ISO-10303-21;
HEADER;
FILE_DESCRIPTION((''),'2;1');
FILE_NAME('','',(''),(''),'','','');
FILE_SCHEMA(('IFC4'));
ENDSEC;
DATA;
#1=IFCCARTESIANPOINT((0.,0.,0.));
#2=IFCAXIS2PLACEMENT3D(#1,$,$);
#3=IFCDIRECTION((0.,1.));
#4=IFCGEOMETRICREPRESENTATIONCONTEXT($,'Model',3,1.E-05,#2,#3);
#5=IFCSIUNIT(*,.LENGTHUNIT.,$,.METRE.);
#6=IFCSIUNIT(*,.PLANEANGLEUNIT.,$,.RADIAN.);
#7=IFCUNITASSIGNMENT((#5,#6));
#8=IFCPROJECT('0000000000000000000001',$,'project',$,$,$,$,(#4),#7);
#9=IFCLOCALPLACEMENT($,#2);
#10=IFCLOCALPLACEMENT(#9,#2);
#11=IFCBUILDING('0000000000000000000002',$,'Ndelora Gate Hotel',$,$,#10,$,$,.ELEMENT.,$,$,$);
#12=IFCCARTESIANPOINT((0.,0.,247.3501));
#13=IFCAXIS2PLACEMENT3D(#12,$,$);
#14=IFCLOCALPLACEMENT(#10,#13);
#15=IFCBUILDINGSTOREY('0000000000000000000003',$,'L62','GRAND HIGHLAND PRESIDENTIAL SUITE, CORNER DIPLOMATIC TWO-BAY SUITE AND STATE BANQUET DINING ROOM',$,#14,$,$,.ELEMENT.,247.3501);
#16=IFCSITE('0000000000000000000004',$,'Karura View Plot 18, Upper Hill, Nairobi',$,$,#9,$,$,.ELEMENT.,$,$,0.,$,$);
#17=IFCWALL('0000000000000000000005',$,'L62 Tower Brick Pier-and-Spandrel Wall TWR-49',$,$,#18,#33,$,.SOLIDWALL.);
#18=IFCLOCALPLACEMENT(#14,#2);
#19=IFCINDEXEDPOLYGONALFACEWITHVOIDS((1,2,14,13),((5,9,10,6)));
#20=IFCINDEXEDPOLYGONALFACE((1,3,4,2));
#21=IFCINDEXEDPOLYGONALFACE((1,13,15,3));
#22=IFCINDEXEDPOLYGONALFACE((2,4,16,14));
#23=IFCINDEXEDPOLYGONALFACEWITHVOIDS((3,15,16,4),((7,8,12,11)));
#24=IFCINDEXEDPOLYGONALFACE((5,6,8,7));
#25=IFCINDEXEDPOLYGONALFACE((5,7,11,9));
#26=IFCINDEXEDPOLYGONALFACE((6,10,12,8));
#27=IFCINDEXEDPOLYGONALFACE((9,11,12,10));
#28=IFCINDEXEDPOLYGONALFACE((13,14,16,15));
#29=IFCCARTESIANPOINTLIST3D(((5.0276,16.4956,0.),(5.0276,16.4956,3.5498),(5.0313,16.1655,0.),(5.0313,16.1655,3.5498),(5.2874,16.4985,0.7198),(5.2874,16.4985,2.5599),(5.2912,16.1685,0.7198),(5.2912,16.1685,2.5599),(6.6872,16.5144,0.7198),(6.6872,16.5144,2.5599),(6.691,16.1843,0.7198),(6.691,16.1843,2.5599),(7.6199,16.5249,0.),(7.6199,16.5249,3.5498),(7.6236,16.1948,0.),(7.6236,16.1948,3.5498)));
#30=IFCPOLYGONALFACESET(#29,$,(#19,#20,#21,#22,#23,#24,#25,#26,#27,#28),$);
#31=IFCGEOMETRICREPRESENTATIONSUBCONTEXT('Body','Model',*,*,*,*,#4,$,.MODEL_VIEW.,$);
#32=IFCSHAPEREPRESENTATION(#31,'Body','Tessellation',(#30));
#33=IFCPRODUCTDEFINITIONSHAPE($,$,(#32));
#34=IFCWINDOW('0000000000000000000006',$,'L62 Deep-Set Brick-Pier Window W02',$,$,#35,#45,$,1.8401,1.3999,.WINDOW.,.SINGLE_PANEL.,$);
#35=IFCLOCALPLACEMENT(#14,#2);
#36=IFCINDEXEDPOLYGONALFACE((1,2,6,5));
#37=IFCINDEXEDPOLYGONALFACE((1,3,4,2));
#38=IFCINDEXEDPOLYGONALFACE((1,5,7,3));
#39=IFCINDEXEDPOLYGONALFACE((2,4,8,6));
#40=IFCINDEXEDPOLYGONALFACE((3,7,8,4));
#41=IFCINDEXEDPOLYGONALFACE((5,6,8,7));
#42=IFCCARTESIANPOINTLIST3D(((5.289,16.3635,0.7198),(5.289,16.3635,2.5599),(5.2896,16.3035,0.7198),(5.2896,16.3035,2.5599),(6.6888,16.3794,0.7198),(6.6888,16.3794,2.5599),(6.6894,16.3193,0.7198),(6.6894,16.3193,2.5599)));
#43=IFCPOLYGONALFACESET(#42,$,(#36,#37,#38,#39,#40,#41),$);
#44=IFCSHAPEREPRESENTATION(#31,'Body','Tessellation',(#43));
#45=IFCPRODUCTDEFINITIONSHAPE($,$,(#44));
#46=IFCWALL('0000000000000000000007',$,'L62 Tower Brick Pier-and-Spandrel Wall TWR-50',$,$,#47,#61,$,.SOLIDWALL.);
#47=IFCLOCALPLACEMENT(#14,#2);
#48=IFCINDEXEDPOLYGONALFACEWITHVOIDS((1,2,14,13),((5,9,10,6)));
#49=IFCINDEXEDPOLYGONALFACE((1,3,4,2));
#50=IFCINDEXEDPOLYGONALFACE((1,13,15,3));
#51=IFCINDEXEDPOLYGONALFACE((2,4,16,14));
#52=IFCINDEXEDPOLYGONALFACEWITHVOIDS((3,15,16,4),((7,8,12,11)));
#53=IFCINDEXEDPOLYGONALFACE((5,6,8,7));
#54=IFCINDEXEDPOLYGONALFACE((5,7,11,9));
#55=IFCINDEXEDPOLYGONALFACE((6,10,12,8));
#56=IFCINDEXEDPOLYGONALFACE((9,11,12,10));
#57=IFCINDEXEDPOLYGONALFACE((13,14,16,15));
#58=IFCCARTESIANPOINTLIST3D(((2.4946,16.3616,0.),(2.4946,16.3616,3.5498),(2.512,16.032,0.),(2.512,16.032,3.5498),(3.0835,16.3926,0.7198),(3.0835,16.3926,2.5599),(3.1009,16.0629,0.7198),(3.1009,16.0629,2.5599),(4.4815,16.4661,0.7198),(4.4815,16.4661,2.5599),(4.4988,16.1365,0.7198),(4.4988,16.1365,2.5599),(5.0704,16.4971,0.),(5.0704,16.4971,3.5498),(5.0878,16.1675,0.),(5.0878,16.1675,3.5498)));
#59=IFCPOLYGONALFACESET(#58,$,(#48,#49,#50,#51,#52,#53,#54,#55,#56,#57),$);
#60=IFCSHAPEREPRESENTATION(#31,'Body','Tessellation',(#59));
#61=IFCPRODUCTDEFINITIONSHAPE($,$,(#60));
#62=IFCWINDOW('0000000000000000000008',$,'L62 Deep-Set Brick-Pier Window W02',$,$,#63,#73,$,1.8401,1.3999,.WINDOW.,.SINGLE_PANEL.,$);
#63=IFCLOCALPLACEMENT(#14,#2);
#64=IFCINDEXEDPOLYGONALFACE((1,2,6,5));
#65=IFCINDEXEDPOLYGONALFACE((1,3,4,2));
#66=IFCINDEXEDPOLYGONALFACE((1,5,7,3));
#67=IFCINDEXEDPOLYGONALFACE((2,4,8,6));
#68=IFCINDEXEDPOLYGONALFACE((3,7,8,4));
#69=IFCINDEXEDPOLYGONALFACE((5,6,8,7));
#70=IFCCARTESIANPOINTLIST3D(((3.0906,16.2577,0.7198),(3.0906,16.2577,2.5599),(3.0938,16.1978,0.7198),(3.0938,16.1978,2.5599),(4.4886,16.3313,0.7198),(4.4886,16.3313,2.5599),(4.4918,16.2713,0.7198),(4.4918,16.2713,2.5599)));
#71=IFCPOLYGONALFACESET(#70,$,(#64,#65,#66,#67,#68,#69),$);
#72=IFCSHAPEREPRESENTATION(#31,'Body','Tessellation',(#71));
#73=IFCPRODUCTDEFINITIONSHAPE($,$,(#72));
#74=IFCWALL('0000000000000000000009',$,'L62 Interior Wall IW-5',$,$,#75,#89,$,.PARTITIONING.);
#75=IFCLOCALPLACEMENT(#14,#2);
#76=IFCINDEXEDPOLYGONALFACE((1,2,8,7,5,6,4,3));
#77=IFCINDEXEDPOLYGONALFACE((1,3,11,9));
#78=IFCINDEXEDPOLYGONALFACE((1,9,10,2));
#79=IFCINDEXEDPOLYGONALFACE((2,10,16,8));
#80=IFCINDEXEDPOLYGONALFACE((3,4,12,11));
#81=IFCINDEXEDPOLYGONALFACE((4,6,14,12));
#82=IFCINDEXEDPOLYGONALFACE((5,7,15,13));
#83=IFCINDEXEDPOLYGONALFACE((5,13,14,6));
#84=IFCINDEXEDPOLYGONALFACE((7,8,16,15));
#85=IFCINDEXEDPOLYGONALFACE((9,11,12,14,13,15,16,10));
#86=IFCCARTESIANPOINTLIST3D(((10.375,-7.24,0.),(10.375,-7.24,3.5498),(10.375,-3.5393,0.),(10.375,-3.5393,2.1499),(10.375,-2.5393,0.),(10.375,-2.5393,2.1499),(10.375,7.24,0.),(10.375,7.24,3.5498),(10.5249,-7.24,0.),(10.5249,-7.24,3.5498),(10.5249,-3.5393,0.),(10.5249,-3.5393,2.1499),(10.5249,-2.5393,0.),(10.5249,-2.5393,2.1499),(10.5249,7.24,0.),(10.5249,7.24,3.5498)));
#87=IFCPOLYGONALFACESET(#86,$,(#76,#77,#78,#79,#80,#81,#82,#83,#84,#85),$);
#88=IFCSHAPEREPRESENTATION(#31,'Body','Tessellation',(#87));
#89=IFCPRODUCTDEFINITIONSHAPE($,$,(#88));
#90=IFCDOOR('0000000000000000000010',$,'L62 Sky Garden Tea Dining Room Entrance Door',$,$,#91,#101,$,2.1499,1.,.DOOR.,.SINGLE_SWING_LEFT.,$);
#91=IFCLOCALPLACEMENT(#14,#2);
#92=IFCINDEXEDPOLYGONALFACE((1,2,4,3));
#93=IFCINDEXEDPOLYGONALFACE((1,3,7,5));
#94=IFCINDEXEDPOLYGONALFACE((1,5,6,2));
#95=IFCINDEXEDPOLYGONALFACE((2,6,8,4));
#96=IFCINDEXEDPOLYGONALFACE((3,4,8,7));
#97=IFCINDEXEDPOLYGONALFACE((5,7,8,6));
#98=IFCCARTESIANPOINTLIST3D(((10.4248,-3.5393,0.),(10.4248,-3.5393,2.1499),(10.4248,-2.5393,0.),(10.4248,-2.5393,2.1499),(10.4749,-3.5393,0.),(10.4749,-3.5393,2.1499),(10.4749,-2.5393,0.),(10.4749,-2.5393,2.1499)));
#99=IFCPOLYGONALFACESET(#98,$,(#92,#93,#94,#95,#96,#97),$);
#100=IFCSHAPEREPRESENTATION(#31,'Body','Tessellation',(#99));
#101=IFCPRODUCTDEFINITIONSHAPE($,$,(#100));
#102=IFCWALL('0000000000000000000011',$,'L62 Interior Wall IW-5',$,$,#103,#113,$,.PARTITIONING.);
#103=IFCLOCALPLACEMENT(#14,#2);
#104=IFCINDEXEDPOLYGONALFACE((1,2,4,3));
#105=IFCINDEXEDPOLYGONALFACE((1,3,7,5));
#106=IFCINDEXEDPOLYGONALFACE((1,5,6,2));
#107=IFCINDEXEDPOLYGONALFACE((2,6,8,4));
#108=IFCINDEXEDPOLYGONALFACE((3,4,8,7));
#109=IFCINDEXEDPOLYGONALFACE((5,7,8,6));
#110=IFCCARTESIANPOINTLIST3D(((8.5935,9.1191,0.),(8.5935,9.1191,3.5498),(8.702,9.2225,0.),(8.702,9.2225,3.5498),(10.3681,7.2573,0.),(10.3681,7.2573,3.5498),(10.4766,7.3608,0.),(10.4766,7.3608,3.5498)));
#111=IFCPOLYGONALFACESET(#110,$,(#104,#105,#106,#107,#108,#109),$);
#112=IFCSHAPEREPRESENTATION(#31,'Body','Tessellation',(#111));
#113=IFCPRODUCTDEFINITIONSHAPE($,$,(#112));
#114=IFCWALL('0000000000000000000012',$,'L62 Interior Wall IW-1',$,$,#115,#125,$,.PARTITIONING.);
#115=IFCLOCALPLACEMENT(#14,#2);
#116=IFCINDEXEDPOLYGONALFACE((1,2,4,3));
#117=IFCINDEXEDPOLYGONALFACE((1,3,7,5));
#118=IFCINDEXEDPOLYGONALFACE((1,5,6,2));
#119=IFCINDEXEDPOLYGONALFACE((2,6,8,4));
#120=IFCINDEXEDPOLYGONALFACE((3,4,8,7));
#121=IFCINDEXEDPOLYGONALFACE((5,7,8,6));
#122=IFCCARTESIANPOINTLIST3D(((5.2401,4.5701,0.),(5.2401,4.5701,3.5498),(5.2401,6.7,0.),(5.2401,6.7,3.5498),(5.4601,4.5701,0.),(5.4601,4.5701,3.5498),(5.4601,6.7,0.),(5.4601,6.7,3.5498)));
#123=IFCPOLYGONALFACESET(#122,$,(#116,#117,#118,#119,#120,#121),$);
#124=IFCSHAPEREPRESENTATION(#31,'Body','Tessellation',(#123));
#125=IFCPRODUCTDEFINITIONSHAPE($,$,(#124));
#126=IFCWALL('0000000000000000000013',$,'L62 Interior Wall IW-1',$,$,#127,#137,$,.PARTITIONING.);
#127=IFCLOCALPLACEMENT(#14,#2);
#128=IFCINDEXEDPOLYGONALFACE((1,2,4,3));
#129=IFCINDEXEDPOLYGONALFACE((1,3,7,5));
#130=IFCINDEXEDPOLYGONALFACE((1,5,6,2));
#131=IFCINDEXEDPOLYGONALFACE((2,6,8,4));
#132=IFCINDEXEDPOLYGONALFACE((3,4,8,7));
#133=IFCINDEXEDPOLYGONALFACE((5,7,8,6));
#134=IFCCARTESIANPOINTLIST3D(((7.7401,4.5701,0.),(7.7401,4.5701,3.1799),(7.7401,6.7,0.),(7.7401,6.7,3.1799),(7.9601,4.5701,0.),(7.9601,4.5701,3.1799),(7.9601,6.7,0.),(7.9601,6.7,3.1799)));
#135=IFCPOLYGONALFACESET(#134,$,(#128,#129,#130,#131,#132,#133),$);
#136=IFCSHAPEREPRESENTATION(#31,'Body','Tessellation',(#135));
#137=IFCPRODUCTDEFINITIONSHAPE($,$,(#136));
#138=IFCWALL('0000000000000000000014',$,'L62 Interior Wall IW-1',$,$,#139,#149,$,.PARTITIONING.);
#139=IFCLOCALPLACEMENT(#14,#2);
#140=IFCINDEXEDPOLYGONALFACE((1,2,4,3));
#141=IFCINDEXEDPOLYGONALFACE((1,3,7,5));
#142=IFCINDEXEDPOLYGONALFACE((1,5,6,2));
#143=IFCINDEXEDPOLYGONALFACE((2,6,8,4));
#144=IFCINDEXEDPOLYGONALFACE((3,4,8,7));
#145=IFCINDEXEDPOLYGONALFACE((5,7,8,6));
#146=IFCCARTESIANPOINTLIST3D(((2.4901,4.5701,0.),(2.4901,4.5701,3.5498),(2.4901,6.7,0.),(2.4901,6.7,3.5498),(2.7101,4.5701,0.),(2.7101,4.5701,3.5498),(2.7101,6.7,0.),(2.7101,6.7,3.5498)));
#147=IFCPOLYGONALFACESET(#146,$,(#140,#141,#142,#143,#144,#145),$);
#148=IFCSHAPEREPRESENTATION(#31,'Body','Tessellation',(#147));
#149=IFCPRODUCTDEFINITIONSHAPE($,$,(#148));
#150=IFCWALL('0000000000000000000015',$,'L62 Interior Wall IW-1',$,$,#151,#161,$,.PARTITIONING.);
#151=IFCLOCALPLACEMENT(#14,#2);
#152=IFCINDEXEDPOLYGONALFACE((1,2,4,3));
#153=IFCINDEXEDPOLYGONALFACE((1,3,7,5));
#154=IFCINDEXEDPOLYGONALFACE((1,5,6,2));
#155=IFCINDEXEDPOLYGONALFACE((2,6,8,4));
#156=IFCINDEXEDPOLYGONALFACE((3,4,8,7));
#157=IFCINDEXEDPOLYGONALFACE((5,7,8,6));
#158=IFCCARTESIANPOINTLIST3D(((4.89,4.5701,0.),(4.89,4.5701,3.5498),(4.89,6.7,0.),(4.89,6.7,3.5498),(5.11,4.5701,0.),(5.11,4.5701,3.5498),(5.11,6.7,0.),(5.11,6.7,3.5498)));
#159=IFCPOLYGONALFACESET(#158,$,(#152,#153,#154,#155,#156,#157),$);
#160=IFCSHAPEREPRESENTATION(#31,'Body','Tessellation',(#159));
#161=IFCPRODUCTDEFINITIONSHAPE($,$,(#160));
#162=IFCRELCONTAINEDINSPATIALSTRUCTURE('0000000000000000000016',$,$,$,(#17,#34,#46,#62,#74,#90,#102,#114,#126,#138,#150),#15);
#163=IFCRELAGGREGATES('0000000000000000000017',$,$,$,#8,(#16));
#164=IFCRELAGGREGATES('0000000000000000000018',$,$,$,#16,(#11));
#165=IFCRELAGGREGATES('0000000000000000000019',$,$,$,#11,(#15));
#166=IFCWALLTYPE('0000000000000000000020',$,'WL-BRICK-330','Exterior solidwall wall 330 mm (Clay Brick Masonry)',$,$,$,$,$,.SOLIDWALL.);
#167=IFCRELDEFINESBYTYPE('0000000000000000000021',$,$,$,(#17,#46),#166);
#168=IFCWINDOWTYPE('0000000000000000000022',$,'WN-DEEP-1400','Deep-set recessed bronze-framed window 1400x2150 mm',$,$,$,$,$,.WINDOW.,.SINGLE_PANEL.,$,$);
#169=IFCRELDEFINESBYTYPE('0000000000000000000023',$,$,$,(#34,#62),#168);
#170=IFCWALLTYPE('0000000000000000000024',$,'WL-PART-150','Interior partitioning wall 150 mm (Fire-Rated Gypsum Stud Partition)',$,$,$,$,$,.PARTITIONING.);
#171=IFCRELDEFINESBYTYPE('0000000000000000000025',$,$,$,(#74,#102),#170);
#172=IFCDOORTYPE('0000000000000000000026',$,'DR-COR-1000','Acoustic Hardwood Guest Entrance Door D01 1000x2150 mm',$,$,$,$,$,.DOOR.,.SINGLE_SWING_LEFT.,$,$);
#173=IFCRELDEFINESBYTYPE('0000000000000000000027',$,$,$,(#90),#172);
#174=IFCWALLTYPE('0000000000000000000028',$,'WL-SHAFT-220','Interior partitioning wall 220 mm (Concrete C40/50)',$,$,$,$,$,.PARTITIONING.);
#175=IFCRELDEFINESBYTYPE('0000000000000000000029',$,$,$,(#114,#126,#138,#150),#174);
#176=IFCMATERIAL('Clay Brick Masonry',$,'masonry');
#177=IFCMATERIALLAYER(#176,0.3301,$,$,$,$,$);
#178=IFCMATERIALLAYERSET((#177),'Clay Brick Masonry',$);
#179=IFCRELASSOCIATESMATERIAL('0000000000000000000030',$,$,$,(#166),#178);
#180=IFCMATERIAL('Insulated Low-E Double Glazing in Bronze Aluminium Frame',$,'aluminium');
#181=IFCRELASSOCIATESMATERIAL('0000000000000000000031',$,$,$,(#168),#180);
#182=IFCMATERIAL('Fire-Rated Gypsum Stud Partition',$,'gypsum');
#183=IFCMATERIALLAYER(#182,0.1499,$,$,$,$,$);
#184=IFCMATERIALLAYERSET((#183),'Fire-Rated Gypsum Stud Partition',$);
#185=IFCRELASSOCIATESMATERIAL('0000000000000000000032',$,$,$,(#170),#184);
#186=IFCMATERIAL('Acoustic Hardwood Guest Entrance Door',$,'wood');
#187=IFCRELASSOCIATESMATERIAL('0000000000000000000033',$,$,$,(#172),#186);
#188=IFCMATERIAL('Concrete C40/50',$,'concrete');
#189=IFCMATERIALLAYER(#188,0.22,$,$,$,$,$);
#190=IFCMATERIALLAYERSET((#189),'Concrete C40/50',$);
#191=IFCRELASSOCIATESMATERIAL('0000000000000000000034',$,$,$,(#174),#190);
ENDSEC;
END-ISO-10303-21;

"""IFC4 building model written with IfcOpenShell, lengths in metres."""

from ifc_helpers import new_model, si_unit, direction, frame, frame_2d, origin, place, context, subcontext, project, spatial, rectangle, extrude, material, layer, layer_set, type_object, element, fill, save


model = new_model("IFC4")

# Units and contexts
model_context = context("Model", 3, precision=1e-05, world=origin(), true_north=direction((0.0, 1.0)))
body_context = subcontext(model_context, "Body", "Model", "MODEL_VIEW")
ifc_project = project(units=[si_unit("LENGTHUNIT", "METRE"), si_unit("PLANEANGLEUNIT", "RADIAN")], contexts=[model_context])

# Site, building, storey
site_placement = place(None, origin())
site = spatial("IfcSite", under=ifc_project, at=site_placement, Name="Karura View Plot 18, Upper Hill, Nairobi", CompositionType="ELEMENT", RefElevation=0.0)
building_placement = place(site_placement, origin())
building = spatial("IfcBuilding", under=site, at=building_placement, Name="Ndelora Gate Hotel", CompositionType="ELEMENT")
storey_placement = place(building_placement, frame((0.0, 0.0, 247.3501)))
storey = spatial("IfcBuildingStorey", under=building, at=storey_placement, Name="L62", Description="GRAND HIGHLAND PRESIDENTIAL SUITE, CORNER DIPLOMATIC TWO-BAY SUITE AND STATE BANQUET DINING ROOM", CompositionType="ELEMENT", Elevation=247.3501)

# Walls, openings, windows
ifc_material_1 = material(Name="Clay Brick Masonry", Category="masonry")
ifc_layer_1 = layer(ifc_material_1, 0.3301)
ifc_layer_set_1 = layer_set([ifc_layer_1], Name="Clay Brick Masonry")
wall_type_1 = type_object("IfcWallType", Name="WL-BRICK-330", Description="Exterior solidwall wall 330 mm (Clay Brick Masonry)", PredefinedType="SOLIDWALL", material=ifc_layer_set_1)
ifc_material_2 = material(Name="Insulated Low-E Double Glazing in Bronze Aluminium Frame", Category="aluminium")
window_type = type_object("IfcWindowType", Name="WN-DEEP-1400", Description="Deep-set recessed bronze-framed window 1400x2150 mm", PartitioningType="SINGLE_PANEL", PredefinedType="WINDOW", material=ifc_material_2)
wall_1_placement = place(storey_placement, frame((5.0293, 16.3306, 0.0), z_axis=(0.0, 0.0, 1.0), x_axis=(0.999936, 0.011301, 0.0)))
wall_1 = element("IfcWall", 1, at=wall_1_placement, inside=storey, type_object=wall_type_1, Name="L62 Tower Brick Pier-and-Spandrel Wall TWR-49", PredefinedType="SOLIDWALL", context=body_context, shape_type="SweptSolid", body=[
    extrude(rectangle(XDim=2.5925, YDim=0.3301, at=frame_2d((1.2964, 0.0))), origin(), (0.0, 0.0, 1.0), 3.5498),
])
opening_1_placement = place(wall_1_placement, frame((0.26, 0.0, 0.72)))
opening_1 = element("IfcOpeningElement", 2, at=opening_1_placement, cuts=wall_1, PredefinedType="OPENING", context=body_context, shape_type="SweptSolid", body=[
    extrude(rectangle(XDim=1.3999, YDim=1.8401, at=frame_2d((0.7, 0.9199))), frame((0.0, 0.175, 0.0), z_axis=(0.0, -1.0, 0.0), x_axis=(1.0, 0.0, 0.0)), (0.0, 0.0, 1.0), 0.3501),
])
window_1_placement = place(opening_1_placement, origin())
window_1 = element("IfcWindow", 3, at=window_1_placement, inside=storey, type_object=window_type, Name="L62 Deep-Set Brick-Pier Window W02", OverallHeight=1.8401, OverallWidth=1.3999, PartitioningType="SINGLE_PANEL", PredefinedType="WINDOW", context=body_context, shape_type="SweptSolid", body=[
    extrude(rectangle(XDim=1.3999, YDim=1.8401, at=frame_2d((0.7, 0.9199))), frame((0.0, 0.03, 0.0), z_axis=(0.0, -1.0, 0.0), x_axis=(1.0, 0.0, 0.0)), (0.0, 0.0, 1.0), 0.0601),
])
fill(opening_1, window_1)
wall_2_placement = place(storey_placement, frame((2.5034, 16.1968, 0.0), z_axis=(0.0, 0.0, 1.0), x_axis=(0.998619, 0.052534, 0.0)))
wall_2 = element("IfcWall", 4, at=wall_2_placement, inside=storey, type_object=wall_type_1, Name="L62 Tower Brick Pier-and-Spandrel Wall TWR-50", PredefinedType="SOLIDWALL", context=body_context, shape_type="SweptSolid", body=[
    extrude(rectangle(XDim=2.5793, YDim=0.3301, at=frame_2d((1.2896, 0.0))), origin(), (0.0, 0.0, 1.0), 3.5498),
])
opening_2_placement = place(wall_2_placement, frame((0.5896, 0.0, 0.72)))
opening_2 = element("IfcOpeningElement", 5, at=opening_2_placement, cuts=wall_2, PredefinedType="OPENING", context=body_context, shape_type="SweptSolid", body=[
    extrude(rectangle(XDim=1.3999, YDim=1.8401, at=frame_2d((0.7, 0.9199))), frame((0.0, 0.175, 0.0), z_axis=(0.0, -1.0, 0.0), x_axis=(1.0, 0.0, 0.0)), (0.0, 0.0, 1.0), 0.3501),
])
window_2_placement = place(opening_2_placement, origin())
window_2 = element("IfcWindow", 6, at=window_2_placement, inside=storey, type_object=window_type, Name="L62 Deep-Set Brick-Pier Window W02", OverallHeight=1.8401, OverallWidth=1.3999, PartitioningType="SINGLE_PANEL", PredefinedType="WINDOW", context=body_context, shape_type="SweptSolid", body=[
    extrude(rectangle(XDim=1.3999, YDim=1.8401, at=frame_2d((0.7, 0.9199))), frame((0.0, 0.03, 0.0), z_axis=(0.0, -1.0, 0.0), x_axis=(1.0, 0.0, 0.0)), (0.0, 0.0, 1.0), 0.0601),
])
fill(opening_2, window_2)

# Wall, opening, door
ifc_material_3 = material(Name="Fire-Rated Gypsum Stud Partition", Category="gypsum")
ifc_layer_2 = layer(ifc_material_3, 0.1499)
ifc_layer_set_2 = layer_set([ifc_layer_2], Name="Fire-Rated Gypsum Stud Partition")
wall_type_2 = type_object("IfcWallType", Name="WL-PART-150", Description="Interior partitioning wall 150 mm (Fire-Rated Gypsum Stud Partition)", PredefinedType="PARTITIONING", material=ifc_layer_set_2)
wall_3_placement = place(storey_placement, frame((10.45, 7.24, 0.0), z_axis=(0.0, 0.0, 1.0), x_axis=(0.0, -1.0, 0.0)))
wall_3 = element("IfcWall", 7, at=wall_3_placement, inside=storey, type_object=wall_type_2, Name="L62 Interior Wall IW-5", PredefinedType="PARTITIONING", context=body_context, shape_type="SweptSolid", body=[
    extrude(rectangle(XDim=14.48, YDim=0.1499, at=frame_2d((7.24, 0.0))), origin(), (0.0, 0.0, 1.0), 3.5498),
])
opening_3_placement = place(wall_3_placement, frame((9.7793, 0.0, 0.0)))
opening_3 = element("IfcOpeningElement", 8, at=opening_3_placement, cuts=wall_3, PredefinedType="OPENING", context=body_context, shape_type="SweptSolid", body=[
    extrude(rectangle(XDim=1.0, YDim=2.1499, at=frame_2d((0.5, 1.075))), frame((0.0, 0.085, 0.0), z_axis=(0.0, -1.0, 0.0), x_axis=(1.0, 0.0, 0.0)), (0.0, 0.0, 1.0), 0.1699),
])
ifc_material_4 = material(Name="Acoustic Hardwood Guest Entrance Door", Category="wood")
door_type_1 = type_object("IfcDoorType", Name="DR-COR-1000", Description="Acoustic Hardwood Guest Entrance Door D01 1000x2150 mm", OperationType="SINGLE_SWING_LEFT", PredefinedType="DOOR", material=ifc_material_4)
door_1_placement = place(opening_3_placement, origin())
door_1 = element("IfcDoor", 9, at=door_1_placement, inside=storey, type_object=door_type_1, Name="L62 Sky Garden Tea Dining Room Entrance Door", OperationType="SINGLE_SWING_LEFT", OverallHeight=2.1499, OverallWidth=1.0, PredefinedType="DOOR", context=body_context, shape_type="SweptSolid", body=[
    extrude(rectangle(XDim=1.0, YDim=2.1499, at=frame_2d((0.5, 1.075))), frame((0.0, 0.0249, 0.0), z_axis=(0.0, -1.0, 0.0), x_axis=(1.0, 0.0, 0.0)), (0.0, 0.0, 1.0), 0.05),
])
fill(opening_3, door_1)

# Wall
wall_4_placement = place(storey_placement, frame((8.6477, 9.1709, 0.0), z_axis=(0.0, 0.0, 1.0), x_axis=(0.689961, -0.723847, 0.0)))
element("IfcWall", 10, at=wall_4_placement, inside=storey, type_object=wall_type_2, Name="L62 Interior Wall IW-5", PredefinedType="PARTITIONING", context=body_context, shape_type="SweptSolid", body=[
    extrude(rectangle(XDim=2.572, YDim=0.1499, at=frame_2d((1.2861, 0.0))), origin(), (0.0, 0.0, 1.0), 3.5498),
])

# Shared definitions
ifc_material_5 = material(Name="Concrete C40/50", Category="concrete")
ifc_layer_3 = layer(ifc_material_5, 0.22)
ifc_layer_set_3 = layer_set([ifc_layer_3], Name="Concrete C40/50")
wall_type_3 = type_object("IfcWallType", Name="WL-SHAFT-220", Description="Interior partitioning wall 220 mm (Concrete C40/50)", PredefinedType="PARTITIONING", material=ifc_layer_set_3)

# Walls
wall_5_placement = place(storey_placement, frame((5.3501, 4.5701, 0.0), z_axis=(0.0, 0.0, 1.0), x_axis=(0.0, 1.0, 0.0)))
element("IfcWall", 11, at=wall_5_placement, inside=storey, type_object=wall_type_3, Name="L62 Interior Wall IW-1", PredefinedType="PARTITIONING", context=body_context, shape_type="SweptSolid", body=[
    extrude(rectangle(XDim=2.1299, YDim=0.22, at=frame_2d((1.0649, 0.0))), origin(), (0.0, 0.0, 1.0), 3.5498),
])
wall_6_placement = place(storey_placement, frame((7.8501, 4.5701, 0.0), z_axis=(0.0, 0.0, 1.0), x_axis=(0.0, 1.0, 0.0)))
element("IfcWall", 12, at=wall_6_placement, inside=storey, type_object=wall_type_3, Name="L62 Interior Wall IW-1", PredefinedType="PARTITIONING", context=body_context, shape_type="SweptSolid", body=[
    extrude(rectangle(XDim=2.1299, YDim=0.22, at=frame_2d((1.0649, 0.0))), origin(), (0.0, 0.0, 1.0), 3.1799),
])

# Walls
for number, where, z_axis, x_axis, name in (
    (13, (2.6001, 4.5701, 0.0), (0.0, 0.0, 1.0), (0.0, 1.0, 0.0), "L62 Interior Wall IW-1"),
    (14, (5.0, 4.5701, 0.0), (0.0, 0.0, 1.0), (0.0, 1.0, 0.0), "L62 Interior Wall IW-1"),
):
    element("IfcWall", number, at=place(storey_placement, frame(where, z_axis=z_axis, x_axis=x_axis)), inside=storey, type_object=wall_type_3, Name=name, PredefinedType="PARTITIONING", context=body_context, shape_type="SweptSolid", body=[
        extrude(rectangle(XDim=2.1299, YDim=0.22, at=frame_2d((1.0649, 0.0))), origin(), (0.0, 0.0, 1.0), 3.5498),
    ])

save(model, "model.ifc")
